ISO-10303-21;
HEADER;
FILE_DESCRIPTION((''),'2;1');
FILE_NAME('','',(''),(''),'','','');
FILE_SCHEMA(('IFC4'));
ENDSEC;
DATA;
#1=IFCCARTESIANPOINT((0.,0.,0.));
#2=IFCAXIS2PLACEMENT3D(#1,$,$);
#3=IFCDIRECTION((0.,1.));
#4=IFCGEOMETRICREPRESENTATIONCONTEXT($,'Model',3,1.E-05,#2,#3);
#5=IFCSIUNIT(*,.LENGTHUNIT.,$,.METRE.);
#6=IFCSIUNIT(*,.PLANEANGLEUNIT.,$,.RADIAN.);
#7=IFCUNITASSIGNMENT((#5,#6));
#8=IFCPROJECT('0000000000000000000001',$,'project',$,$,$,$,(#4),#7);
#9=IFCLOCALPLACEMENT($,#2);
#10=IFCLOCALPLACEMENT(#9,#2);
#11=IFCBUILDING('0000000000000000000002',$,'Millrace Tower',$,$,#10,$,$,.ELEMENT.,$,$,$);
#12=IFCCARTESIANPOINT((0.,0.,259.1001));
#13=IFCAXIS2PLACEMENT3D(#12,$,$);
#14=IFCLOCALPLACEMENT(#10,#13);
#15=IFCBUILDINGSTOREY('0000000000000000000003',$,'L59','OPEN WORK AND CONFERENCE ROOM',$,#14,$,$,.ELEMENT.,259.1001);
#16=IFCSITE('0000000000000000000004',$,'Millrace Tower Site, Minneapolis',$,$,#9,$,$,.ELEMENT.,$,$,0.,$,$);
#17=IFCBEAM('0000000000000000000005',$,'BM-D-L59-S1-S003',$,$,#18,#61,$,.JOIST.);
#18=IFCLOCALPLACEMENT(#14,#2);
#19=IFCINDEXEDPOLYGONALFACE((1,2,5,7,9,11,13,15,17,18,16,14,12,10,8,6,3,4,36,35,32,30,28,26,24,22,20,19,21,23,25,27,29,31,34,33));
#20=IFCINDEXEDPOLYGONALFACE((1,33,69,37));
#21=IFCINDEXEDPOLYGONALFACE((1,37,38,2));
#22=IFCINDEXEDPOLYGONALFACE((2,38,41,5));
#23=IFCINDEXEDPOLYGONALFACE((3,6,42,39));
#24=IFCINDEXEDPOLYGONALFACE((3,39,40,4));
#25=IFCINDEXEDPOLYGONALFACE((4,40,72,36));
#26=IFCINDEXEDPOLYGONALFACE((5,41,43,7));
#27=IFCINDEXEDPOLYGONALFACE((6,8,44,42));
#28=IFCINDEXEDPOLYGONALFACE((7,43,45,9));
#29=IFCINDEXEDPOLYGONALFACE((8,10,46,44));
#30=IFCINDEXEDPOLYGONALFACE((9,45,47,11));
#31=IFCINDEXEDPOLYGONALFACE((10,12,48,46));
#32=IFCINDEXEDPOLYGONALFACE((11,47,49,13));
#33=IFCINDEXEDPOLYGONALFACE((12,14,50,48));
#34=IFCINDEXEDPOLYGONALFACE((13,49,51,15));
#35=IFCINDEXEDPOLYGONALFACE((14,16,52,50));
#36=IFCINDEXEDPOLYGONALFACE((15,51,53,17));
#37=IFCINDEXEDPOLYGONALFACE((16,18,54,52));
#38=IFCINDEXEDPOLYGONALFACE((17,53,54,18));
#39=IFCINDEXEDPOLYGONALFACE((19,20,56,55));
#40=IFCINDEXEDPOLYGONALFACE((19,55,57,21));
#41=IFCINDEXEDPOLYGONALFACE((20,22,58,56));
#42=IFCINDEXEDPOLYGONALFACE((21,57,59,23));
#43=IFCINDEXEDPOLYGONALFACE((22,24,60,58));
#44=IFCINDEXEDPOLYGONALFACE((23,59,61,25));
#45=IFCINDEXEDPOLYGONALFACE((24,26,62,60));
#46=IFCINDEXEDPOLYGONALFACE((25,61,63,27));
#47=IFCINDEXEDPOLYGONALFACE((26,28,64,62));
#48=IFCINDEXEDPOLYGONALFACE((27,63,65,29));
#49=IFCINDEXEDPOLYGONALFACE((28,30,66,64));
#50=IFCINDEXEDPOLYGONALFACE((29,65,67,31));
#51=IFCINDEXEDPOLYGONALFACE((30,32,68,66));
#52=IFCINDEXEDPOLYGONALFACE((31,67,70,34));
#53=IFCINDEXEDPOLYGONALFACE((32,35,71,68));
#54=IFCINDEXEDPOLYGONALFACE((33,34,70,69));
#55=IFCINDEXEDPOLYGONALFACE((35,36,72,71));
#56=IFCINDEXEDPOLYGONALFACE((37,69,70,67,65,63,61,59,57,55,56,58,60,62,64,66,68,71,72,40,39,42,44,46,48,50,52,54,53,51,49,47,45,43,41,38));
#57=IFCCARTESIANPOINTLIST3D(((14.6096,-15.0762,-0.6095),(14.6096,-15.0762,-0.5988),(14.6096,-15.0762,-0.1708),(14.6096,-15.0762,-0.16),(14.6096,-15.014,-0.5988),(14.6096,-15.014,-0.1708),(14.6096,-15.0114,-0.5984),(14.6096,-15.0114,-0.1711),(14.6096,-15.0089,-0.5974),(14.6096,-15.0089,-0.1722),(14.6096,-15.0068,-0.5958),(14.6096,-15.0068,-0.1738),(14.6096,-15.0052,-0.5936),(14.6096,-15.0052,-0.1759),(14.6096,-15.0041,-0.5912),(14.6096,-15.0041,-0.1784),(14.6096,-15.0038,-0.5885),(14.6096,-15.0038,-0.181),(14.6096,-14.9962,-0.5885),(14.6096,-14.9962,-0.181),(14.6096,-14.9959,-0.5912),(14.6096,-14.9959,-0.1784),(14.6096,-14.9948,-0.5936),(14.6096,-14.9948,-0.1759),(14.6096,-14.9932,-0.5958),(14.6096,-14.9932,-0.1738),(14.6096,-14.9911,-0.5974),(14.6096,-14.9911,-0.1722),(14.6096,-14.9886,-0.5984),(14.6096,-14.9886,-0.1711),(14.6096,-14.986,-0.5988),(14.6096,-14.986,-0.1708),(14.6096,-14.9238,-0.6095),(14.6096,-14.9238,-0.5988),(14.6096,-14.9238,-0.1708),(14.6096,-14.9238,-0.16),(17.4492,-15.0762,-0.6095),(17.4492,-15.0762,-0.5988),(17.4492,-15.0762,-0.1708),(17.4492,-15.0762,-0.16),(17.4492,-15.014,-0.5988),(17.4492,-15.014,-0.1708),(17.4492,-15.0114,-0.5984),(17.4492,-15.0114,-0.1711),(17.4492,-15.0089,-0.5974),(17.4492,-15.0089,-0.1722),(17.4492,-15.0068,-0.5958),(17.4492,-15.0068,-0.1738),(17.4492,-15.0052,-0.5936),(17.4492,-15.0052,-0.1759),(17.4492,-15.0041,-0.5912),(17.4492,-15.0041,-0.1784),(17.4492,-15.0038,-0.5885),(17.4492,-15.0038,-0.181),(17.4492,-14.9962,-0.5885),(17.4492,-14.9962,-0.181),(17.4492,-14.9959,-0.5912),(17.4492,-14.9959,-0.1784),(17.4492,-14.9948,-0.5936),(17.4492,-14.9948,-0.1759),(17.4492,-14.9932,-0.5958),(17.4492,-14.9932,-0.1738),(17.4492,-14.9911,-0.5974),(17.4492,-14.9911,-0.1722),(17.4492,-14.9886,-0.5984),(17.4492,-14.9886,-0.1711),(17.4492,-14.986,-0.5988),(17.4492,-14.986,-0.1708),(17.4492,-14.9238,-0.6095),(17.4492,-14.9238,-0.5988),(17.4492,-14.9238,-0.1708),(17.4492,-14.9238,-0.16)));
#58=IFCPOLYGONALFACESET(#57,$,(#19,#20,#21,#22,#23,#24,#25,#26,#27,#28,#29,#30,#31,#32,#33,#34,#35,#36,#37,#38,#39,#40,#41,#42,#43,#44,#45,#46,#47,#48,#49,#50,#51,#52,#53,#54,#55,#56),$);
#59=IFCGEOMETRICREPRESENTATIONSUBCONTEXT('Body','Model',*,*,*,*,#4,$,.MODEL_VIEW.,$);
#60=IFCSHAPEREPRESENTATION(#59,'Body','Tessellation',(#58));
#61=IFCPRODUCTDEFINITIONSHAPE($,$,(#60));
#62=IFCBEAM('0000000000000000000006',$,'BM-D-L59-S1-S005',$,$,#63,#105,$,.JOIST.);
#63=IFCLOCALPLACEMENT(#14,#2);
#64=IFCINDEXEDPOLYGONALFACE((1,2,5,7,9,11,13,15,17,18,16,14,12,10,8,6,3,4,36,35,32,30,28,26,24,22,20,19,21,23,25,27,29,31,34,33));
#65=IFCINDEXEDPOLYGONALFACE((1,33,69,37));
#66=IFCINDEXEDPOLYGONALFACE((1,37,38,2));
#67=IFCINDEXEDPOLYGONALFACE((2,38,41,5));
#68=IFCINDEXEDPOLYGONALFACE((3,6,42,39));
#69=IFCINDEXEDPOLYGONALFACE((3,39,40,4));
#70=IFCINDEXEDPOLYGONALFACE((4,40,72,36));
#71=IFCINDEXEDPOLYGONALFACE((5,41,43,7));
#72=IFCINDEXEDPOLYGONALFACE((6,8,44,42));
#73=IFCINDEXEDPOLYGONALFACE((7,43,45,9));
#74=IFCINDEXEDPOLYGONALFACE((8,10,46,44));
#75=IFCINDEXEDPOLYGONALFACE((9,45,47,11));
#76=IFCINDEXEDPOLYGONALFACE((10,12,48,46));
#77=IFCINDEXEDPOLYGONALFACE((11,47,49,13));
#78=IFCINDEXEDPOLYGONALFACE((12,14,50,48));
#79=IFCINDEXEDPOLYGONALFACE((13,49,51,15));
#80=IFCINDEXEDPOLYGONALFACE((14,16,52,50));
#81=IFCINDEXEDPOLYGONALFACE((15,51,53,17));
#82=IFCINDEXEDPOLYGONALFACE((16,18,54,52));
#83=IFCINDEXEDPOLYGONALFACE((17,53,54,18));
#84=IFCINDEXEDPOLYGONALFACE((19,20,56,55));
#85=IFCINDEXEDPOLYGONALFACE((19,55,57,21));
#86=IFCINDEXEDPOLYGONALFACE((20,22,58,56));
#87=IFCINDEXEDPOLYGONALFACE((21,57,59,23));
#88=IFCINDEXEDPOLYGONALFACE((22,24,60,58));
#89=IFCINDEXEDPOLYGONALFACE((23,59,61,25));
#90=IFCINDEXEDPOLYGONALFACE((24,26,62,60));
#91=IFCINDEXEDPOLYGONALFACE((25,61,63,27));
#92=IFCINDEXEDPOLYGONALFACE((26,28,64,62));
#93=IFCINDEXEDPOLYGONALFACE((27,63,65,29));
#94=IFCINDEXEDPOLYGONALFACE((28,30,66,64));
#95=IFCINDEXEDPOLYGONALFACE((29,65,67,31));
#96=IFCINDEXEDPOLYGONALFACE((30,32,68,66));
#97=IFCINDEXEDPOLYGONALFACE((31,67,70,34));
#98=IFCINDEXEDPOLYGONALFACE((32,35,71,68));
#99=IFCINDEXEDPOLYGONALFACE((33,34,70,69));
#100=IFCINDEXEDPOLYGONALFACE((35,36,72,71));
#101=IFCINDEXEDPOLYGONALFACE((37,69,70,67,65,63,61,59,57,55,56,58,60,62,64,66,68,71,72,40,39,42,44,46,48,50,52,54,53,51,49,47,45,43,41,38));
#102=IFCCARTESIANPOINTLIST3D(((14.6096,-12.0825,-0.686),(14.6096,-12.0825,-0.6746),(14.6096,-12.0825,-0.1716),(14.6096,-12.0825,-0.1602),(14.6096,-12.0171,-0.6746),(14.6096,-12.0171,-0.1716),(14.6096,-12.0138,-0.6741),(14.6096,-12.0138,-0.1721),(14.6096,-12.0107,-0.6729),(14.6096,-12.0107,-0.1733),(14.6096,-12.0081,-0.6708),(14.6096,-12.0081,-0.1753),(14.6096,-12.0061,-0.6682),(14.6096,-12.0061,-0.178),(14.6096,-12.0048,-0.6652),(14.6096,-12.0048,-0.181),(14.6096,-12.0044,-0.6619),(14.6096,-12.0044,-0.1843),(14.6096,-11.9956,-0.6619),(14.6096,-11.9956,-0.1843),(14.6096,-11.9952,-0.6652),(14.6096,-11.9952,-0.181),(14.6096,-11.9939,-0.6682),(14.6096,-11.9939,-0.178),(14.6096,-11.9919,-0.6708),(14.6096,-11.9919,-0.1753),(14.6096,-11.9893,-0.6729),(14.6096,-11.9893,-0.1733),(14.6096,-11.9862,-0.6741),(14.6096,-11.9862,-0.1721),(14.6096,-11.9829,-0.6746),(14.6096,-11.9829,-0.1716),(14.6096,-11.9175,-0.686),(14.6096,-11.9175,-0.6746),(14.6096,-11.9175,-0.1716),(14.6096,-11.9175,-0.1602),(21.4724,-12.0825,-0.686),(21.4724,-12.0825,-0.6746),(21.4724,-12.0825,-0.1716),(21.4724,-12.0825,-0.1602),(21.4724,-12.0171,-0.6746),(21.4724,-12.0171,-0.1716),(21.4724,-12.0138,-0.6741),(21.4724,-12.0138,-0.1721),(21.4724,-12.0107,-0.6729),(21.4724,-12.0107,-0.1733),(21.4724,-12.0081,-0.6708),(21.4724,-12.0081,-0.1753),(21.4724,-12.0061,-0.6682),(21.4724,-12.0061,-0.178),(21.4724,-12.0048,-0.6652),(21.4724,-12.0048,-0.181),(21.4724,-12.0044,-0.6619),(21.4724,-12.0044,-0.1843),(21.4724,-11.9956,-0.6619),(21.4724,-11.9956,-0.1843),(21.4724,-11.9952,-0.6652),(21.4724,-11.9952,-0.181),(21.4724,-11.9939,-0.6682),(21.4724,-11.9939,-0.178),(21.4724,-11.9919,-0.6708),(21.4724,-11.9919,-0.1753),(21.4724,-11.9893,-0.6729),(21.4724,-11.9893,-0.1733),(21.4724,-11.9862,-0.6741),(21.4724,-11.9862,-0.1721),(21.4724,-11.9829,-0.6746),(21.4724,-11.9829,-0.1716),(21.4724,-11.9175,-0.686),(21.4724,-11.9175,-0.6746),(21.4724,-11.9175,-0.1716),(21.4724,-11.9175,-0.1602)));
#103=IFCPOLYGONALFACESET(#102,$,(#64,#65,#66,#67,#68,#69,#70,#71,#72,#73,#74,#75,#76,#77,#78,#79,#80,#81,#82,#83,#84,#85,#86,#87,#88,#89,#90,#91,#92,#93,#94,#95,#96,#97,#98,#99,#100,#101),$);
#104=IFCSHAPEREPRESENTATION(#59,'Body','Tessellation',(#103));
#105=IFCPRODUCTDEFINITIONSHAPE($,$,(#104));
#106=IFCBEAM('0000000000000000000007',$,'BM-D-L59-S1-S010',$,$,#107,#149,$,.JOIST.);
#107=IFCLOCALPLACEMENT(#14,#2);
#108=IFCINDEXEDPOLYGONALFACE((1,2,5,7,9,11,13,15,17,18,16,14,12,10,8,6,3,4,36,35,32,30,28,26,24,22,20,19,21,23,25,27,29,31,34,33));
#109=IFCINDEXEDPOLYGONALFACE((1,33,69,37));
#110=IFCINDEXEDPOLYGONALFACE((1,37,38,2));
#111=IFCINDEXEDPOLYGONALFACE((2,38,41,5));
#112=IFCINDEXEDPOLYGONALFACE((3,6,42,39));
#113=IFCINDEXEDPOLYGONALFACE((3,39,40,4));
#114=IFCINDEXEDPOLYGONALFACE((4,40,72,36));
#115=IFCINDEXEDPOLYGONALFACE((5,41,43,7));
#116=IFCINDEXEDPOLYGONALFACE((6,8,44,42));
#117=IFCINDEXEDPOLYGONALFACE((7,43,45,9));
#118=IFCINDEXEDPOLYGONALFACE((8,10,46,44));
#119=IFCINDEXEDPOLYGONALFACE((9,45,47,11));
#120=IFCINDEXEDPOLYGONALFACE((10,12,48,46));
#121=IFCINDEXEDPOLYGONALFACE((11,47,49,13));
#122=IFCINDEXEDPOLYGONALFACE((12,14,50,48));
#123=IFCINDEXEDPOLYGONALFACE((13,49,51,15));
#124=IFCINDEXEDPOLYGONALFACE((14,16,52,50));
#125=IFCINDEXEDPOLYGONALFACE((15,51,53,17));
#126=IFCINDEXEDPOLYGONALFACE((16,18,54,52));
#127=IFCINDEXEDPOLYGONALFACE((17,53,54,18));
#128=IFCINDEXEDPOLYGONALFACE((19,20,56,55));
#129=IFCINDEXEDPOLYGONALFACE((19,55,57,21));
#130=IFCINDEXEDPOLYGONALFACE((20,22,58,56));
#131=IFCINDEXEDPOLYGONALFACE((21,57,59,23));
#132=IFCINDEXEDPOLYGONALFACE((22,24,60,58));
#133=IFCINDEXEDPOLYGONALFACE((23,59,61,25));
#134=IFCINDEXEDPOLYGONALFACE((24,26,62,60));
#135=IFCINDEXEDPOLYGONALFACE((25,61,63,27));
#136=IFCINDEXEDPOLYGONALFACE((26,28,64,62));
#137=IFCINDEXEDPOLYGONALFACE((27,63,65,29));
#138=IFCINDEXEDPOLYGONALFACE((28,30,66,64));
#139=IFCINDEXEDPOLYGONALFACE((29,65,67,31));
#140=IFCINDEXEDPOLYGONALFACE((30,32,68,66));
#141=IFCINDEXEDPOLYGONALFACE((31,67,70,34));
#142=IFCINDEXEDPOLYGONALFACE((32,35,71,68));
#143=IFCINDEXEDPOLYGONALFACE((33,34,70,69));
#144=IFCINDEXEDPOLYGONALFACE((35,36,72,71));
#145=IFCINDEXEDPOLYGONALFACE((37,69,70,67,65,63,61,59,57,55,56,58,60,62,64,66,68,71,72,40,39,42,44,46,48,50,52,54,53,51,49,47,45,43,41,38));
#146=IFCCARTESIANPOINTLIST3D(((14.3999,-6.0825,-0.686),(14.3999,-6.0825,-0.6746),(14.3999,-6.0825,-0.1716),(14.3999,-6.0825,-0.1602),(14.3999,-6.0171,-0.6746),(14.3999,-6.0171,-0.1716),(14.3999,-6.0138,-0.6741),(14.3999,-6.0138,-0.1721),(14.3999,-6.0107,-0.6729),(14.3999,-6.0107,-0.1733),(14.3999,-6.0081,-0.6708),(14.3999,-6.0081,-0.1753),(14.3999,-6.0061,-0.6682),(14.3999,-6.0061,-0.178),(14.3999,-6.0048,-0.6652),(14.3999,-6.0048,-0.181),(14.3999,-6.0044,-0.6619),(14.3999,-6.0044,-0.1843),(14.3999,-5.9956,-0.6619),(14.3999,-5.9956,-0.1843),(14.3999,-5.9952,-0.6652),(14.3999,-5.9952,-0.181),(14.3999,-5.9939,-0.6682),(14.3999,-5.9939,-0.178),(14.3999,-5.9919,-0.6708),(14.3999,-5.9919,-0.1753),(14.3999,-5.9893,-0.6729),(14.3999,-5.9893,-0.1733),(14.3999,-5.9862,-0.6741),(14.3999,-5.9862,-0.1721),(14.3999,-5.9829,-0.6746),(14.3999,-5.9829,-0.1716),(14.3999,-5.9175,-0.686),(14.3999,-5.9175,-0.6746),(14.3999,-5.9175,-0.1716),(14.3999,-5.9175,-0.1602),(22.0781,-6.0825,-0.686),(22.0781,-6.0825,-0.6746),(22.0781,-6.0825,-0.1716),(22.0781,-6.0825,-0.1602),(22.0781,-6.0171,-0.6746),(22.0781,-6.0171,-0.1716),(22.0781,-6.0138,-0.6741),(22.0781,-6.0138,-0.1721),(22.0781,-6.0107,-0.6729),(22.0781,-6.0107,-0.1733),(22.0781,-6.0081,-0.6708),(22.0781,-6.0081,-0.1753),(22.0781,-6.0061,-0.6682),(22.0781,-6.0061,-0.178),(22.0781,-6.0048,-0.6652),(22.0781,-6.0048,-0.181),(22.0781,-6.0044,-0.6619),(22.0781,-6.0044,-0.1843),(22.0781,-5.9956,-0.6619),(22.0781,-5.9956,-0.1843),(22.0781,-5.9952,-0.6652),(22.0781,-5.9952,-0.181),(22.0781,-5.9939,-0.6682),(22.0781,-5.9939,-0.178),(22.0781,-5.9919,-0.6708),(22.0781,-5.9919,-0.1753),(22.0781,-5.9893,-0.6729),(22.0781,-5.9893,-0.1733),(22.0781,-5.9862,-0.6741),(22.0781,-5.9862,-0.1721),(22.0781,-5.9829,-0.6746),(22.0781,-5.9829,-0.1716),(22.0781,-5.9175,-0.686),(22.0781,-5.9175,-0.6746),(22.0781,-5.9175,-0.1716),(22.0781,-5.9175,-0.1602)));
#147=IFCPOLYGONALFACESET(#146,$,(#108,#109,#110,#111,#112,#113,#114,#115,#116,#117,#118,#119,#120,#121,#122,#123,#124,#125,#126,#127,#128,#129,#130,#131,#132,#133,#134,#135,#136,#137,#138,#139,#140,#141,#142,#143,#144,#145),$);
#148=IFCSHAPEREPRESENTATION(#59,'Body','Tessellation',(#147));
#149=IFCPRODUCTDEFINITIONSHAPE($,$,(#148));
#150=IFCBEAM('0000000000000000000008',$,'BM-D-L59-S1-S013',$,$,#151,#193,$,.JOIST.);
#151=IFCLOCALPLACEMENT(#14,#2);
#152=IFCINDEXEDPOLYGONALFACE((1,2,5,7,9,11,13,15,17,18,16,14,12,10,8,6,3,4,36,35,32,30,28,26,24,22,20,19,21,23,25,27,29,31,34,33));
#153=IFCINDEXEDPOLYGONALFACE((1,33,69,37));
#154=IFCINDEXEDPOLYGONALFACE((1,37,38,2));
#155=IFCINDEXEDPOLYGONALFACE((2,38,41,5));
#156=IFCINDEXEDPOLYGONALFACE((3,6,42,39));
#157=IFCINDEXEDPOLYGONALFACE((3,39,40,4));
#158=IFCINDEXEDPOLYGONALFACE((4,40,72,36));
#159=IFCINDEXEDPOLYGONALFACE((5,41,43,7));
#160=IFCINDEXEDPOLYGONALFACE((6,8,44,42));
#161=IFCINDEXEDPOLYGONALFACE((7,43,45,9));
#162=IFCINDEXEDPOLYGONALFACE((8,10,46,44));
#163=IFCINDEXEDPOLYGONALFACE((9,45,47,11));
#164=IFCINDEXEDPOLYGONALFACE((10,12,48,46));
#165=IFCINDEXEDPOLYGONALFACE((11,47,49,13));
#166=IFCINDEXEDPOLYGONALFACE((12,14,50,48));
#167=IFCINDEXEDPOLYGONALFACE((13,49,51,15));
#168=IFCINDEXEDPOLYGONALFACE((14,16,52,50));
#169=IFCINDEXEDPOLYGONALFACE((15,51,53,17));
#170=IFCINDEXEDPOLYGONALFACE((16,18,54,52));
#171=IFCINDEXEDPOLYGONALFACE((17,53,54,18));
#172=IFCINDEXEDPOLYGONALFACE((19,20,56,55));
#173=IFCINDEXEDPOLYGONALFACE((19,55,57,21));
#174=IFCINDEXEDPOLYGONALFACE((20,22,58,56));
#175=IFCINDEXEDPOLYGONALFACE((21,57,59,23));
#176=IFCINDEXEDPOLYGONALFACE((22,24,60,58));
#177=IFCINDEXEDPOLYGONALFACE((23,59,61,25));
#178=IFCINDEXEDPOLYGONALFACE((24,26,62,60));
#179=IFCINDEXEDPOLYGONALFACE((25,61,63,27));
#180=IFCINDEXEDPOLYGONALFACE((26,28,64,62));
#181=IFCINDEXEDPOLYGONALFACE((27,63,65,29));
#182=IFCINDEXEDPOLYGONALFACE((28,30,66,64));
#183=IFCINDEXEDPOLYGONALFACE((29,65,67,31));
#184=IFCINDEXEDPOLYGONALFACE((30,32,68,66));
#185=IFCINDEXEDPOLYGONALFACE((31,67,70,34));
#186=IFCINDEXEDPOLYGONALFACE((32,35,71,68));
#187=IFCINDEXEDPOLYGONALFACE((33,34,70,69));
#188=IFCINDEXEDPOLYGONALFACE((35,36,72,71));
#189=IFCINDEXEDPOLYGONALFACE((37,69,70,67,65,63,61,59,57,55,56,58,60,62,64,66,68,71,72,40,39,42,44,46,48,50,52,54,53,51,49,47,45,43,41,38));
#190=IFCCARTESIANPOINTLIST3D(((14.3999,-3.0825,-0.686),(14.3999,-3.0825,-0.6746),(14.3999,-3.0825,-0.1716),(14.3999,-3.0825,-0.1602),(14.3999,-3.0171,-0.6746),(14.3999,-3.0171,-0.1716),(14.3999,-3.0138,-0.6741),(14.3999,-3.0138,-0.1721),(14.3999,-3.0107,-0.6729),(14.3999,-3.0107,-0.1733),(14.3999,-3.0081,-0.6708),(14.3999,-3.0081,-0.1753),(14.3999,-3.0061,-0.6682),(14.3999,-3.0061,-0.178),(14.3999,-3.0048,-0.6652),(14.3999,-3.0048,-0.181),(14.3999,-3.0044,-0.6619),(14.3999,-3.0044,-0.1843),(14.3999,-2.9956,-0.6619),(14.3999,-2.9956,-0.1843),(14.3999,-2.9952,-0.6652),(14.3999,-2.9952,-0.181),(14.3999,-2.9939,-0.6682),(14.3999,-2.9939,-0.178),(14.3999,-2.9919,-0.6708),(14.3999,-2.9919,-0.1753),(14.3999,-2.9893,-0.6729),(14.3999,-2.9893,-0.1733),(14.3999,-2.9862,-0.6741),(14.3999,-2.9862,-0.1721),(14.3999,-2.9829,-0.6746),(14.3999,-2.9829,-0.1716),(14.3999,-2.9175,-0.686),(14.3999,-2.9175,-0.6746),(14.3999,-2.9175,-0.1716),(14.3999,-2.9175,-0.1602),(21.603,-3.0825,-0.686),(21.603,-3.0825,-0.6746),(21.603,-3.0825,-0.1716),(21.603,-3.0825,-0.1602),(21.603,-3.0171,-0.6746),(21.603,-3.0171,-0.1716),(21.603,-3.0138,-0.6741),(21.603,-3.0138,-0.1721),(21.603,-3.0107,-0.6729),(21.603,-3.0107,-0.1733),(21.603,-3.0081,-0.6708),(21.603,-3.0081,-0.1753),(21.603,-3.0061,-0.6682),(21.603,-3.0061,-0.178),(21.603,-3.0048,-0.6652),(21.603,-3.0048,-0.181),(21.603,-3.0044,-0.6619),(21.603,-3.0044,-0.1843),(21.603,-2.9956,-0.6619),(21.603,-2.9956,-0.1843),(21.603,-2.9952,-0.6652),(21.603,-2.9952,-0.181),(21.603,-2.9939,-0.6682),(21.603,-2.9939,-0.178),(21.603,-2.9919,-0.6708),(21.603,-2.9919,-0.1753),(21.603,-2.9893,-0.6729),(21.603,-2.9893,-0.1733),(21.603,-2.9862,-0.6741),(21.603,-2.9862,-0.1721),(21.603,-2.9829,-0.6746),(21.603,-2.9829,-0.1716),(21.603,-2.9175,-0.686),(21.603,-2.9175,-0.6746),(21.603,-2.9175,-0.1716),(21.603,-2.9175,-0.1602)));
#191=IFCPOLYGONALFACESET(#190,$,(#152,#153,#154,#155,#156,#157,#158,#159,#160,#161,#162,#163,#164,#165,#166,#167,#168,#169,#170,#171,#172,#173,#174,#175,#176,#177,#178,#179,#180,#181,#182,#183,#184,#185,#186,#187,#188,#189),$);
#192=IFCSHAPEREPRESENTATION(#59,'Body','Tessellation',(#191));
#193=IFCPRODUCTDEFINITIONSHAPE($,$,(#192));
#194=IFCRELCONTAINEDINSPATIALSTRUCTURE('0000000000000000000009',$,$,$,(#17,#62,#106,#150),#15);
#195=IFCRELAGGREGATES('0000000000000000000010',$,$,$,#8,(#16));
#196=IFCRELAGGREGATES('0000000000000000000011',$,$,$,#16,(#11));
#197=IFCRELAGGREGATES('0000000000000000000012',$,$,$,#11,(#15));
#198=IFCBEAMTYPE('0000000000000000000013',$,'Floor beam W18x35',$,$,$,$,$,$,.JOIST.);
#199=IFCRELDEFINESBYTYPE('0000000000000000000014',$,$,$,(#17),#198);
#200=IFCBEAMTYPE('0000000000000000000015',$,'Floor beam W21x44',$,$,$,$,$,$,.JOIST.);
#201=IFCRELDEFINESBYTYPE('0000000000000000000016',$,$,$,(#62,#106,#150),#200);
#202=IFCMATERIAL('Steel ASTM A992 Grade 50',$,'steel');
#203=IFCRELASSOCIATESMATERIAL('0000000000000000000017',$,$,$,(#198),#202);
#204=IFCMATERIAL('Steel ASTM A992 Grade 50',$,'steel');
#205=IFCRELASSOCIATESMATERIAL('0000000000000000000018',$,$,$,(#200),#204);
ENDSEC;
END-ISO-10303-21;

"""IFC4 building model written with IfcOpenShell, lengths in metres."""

from ifc_helpers import new_model, si_unit, direction, frame, origin, origin_2d, place, context, subcontext, project, spatial, i_section, extrude, material, material_profile, profile_set, type_object, element, save


model = new_model("IFC4")

# Units and contexts
model_context = context("Model", 3, precision=1e-05, world=origin(), true_north=direction((0.0, 1.0)))
body_context = subcontext(model_context, "Body", "Model", "MODEL_VIEW")
ifc_project = project(units=[si_unit("LENGTHUNIT", "METRE"), si_unit("PLANEANGLEUNIT", "RADIAN")], contexts=[model_context])

# Site, building, storey
site_placement = place(None, origin())
site = spatial("IfcSite", under=ifc_project, at=site_placement, Name="Millrace Tower Site, Minneapolis", CompositionType="ELEMENT", RefElevation=0.0)
building_placement = place(site_placement, origin())
building = spatial("IfcBuilding", under=site, at=building_placement, Name="Millrace Tower", CompositionType="ELEMENT")
storey_placement = place(building_placement, frame((0.0, 0.0, 259.1001)))
storey = spatial("IfcBuildingStorey", under=building, at=storey_placement, Name="L59", Description="OPEN WORK AND CONFERENCE ROOM", CompositionType="ELEMENT", Elevation=259.1001)

# Beams
ifc_material_1 = material(Name="Steel ASTM A992 Grade 50", Category="steel")
ifc_material_profile_1 = material_profile(ifc_material_1, i_section(OverallWidth=0.1523, OverallDepth=0.4495, WebThickness=0.0076, FlangeThickness=0.0107, FilletRadius=0.0103, at=origin_2d()))
ifc_profile_set_1 = profile_set([ifc_material_profile_1], Name="Steel ASTM A992 Grade 50")
beam_type_1 = type_object("IfcBeamType", Name="Floor beam W18x35", PredefinedType="JOIST", material=ifc_profile_set_1)
beam_1_placement = place(storey_placement, frame((14.6096, -15.0, -0.3848), z_axis=(1.0, 0.0, 0.0), x_axis=(0.0, 1.0, 0.0)))
element("IfcBeam", 1, at=beam_1_placement, inside=storey, type_object=beam_type_1, Name="BM-D-L59-S1-S003", PredefinedType="JOIST", context=body_context, shape_type="SweptSolid", body=[
    extrude(i_section(OverallWidth=0.1523, OverallDepth=0.4495, WebThickness=0.0076, FlangeThickness=0.0107, FilletRadius=0.0103, at=origin_2d()), origin(), (0.0, 0.0, 1.0), 2.8396),
])
ifc_material_2 = material(Name="Steel ASTM A992 Grade 50", Category="steel")
ifc_material_profile_2 = material_profile(ifc_material_2, i_section(OverallWidth=0.165, OverallDepth=0.5259, WebThickness=0.0088, FlangeThickness=0.0115, FilletRadius=0.0127, at=origin_2d()))
ifc_profile_set_2 = profile_set([ifc_material_profile_2], Name="Steel ASTM A992 Grade 50")
beam_type_2 = type_object("IfcBeamType", Name="Floor beam W21x44", PredefinedType="JOIST", material=ifc_profile_set_2)
beam_2_placement = place(storey_placement, frame((14.6096, -12.0, -0.4231), z_axis=(1.0, 0.0, 0.0), x_axis=(0.0, 1.0, 0.0)))
element("IfcBeam", 2, at=beam_2_placement, inside=storey, type_object=beam_type_2, Name="BM-D-L59-S1-S005", PredefinedType="JOIST", context=body_context, shape_type="SweptSolid", body=[
    extrude(i_section(OverallWidth=0.165, OverallDepth=0.5259, WebThickness=0.0088, FlangeThickness=0.0115, FilletRadius=0.0127, at=origin_2d()), origin(), (0.0, 0.0, 1.0), 6.8628),
])
beam_3_placement = place(storey_placement, frame((14.3999, -6.0, -0.4231), z_axis=(1.0, 0.0, 0.0), x_axis=(0.0, 1.0, 0.0)))
element("IfcBeam", 3, at=beam_3_placement, inside=storey, type_object=beam_type_2, Name="BM-D-L59-S1-S010", PredefinedType="JOIST", context=body_context, shape_type="SweptSolid", body=[
    extrude(i_section(OverallWidth=0.165, OverallDepth=0.5259, WebThickness=0.0088, FlangeThickness=0.0115, FilletRadius=0.0127, at=origin_2d()), origin(), (0.0, 0.0, 1.0), 7.6782),
])
beam_4_placement = place(storey_placement, frame((14.3999, -3.0, -0.4231), z_axis=(1.0, 0.0, 0.0), x_axis=(0.0, 1.0, 0.0)))
element("IfcBeam", 4, at=beam_4_placement, inside=storey, type_object=beam_type_2, Name="BM-D-L59-S1-S013", PredefinedType="JOIST", context=body_context, shape_type="SweptSolid", body=[
    extrude(i_section(OverallWidth=0.165, OverallDepth=0.5259, WebThickness=0.0088, FlangeThickness=0.0115, FilletRadius=0.0127, at=origin_2d()), origin(), (0.0, 0.0, 1.0), 7.2031),
])

save(model, "model.ifc")
